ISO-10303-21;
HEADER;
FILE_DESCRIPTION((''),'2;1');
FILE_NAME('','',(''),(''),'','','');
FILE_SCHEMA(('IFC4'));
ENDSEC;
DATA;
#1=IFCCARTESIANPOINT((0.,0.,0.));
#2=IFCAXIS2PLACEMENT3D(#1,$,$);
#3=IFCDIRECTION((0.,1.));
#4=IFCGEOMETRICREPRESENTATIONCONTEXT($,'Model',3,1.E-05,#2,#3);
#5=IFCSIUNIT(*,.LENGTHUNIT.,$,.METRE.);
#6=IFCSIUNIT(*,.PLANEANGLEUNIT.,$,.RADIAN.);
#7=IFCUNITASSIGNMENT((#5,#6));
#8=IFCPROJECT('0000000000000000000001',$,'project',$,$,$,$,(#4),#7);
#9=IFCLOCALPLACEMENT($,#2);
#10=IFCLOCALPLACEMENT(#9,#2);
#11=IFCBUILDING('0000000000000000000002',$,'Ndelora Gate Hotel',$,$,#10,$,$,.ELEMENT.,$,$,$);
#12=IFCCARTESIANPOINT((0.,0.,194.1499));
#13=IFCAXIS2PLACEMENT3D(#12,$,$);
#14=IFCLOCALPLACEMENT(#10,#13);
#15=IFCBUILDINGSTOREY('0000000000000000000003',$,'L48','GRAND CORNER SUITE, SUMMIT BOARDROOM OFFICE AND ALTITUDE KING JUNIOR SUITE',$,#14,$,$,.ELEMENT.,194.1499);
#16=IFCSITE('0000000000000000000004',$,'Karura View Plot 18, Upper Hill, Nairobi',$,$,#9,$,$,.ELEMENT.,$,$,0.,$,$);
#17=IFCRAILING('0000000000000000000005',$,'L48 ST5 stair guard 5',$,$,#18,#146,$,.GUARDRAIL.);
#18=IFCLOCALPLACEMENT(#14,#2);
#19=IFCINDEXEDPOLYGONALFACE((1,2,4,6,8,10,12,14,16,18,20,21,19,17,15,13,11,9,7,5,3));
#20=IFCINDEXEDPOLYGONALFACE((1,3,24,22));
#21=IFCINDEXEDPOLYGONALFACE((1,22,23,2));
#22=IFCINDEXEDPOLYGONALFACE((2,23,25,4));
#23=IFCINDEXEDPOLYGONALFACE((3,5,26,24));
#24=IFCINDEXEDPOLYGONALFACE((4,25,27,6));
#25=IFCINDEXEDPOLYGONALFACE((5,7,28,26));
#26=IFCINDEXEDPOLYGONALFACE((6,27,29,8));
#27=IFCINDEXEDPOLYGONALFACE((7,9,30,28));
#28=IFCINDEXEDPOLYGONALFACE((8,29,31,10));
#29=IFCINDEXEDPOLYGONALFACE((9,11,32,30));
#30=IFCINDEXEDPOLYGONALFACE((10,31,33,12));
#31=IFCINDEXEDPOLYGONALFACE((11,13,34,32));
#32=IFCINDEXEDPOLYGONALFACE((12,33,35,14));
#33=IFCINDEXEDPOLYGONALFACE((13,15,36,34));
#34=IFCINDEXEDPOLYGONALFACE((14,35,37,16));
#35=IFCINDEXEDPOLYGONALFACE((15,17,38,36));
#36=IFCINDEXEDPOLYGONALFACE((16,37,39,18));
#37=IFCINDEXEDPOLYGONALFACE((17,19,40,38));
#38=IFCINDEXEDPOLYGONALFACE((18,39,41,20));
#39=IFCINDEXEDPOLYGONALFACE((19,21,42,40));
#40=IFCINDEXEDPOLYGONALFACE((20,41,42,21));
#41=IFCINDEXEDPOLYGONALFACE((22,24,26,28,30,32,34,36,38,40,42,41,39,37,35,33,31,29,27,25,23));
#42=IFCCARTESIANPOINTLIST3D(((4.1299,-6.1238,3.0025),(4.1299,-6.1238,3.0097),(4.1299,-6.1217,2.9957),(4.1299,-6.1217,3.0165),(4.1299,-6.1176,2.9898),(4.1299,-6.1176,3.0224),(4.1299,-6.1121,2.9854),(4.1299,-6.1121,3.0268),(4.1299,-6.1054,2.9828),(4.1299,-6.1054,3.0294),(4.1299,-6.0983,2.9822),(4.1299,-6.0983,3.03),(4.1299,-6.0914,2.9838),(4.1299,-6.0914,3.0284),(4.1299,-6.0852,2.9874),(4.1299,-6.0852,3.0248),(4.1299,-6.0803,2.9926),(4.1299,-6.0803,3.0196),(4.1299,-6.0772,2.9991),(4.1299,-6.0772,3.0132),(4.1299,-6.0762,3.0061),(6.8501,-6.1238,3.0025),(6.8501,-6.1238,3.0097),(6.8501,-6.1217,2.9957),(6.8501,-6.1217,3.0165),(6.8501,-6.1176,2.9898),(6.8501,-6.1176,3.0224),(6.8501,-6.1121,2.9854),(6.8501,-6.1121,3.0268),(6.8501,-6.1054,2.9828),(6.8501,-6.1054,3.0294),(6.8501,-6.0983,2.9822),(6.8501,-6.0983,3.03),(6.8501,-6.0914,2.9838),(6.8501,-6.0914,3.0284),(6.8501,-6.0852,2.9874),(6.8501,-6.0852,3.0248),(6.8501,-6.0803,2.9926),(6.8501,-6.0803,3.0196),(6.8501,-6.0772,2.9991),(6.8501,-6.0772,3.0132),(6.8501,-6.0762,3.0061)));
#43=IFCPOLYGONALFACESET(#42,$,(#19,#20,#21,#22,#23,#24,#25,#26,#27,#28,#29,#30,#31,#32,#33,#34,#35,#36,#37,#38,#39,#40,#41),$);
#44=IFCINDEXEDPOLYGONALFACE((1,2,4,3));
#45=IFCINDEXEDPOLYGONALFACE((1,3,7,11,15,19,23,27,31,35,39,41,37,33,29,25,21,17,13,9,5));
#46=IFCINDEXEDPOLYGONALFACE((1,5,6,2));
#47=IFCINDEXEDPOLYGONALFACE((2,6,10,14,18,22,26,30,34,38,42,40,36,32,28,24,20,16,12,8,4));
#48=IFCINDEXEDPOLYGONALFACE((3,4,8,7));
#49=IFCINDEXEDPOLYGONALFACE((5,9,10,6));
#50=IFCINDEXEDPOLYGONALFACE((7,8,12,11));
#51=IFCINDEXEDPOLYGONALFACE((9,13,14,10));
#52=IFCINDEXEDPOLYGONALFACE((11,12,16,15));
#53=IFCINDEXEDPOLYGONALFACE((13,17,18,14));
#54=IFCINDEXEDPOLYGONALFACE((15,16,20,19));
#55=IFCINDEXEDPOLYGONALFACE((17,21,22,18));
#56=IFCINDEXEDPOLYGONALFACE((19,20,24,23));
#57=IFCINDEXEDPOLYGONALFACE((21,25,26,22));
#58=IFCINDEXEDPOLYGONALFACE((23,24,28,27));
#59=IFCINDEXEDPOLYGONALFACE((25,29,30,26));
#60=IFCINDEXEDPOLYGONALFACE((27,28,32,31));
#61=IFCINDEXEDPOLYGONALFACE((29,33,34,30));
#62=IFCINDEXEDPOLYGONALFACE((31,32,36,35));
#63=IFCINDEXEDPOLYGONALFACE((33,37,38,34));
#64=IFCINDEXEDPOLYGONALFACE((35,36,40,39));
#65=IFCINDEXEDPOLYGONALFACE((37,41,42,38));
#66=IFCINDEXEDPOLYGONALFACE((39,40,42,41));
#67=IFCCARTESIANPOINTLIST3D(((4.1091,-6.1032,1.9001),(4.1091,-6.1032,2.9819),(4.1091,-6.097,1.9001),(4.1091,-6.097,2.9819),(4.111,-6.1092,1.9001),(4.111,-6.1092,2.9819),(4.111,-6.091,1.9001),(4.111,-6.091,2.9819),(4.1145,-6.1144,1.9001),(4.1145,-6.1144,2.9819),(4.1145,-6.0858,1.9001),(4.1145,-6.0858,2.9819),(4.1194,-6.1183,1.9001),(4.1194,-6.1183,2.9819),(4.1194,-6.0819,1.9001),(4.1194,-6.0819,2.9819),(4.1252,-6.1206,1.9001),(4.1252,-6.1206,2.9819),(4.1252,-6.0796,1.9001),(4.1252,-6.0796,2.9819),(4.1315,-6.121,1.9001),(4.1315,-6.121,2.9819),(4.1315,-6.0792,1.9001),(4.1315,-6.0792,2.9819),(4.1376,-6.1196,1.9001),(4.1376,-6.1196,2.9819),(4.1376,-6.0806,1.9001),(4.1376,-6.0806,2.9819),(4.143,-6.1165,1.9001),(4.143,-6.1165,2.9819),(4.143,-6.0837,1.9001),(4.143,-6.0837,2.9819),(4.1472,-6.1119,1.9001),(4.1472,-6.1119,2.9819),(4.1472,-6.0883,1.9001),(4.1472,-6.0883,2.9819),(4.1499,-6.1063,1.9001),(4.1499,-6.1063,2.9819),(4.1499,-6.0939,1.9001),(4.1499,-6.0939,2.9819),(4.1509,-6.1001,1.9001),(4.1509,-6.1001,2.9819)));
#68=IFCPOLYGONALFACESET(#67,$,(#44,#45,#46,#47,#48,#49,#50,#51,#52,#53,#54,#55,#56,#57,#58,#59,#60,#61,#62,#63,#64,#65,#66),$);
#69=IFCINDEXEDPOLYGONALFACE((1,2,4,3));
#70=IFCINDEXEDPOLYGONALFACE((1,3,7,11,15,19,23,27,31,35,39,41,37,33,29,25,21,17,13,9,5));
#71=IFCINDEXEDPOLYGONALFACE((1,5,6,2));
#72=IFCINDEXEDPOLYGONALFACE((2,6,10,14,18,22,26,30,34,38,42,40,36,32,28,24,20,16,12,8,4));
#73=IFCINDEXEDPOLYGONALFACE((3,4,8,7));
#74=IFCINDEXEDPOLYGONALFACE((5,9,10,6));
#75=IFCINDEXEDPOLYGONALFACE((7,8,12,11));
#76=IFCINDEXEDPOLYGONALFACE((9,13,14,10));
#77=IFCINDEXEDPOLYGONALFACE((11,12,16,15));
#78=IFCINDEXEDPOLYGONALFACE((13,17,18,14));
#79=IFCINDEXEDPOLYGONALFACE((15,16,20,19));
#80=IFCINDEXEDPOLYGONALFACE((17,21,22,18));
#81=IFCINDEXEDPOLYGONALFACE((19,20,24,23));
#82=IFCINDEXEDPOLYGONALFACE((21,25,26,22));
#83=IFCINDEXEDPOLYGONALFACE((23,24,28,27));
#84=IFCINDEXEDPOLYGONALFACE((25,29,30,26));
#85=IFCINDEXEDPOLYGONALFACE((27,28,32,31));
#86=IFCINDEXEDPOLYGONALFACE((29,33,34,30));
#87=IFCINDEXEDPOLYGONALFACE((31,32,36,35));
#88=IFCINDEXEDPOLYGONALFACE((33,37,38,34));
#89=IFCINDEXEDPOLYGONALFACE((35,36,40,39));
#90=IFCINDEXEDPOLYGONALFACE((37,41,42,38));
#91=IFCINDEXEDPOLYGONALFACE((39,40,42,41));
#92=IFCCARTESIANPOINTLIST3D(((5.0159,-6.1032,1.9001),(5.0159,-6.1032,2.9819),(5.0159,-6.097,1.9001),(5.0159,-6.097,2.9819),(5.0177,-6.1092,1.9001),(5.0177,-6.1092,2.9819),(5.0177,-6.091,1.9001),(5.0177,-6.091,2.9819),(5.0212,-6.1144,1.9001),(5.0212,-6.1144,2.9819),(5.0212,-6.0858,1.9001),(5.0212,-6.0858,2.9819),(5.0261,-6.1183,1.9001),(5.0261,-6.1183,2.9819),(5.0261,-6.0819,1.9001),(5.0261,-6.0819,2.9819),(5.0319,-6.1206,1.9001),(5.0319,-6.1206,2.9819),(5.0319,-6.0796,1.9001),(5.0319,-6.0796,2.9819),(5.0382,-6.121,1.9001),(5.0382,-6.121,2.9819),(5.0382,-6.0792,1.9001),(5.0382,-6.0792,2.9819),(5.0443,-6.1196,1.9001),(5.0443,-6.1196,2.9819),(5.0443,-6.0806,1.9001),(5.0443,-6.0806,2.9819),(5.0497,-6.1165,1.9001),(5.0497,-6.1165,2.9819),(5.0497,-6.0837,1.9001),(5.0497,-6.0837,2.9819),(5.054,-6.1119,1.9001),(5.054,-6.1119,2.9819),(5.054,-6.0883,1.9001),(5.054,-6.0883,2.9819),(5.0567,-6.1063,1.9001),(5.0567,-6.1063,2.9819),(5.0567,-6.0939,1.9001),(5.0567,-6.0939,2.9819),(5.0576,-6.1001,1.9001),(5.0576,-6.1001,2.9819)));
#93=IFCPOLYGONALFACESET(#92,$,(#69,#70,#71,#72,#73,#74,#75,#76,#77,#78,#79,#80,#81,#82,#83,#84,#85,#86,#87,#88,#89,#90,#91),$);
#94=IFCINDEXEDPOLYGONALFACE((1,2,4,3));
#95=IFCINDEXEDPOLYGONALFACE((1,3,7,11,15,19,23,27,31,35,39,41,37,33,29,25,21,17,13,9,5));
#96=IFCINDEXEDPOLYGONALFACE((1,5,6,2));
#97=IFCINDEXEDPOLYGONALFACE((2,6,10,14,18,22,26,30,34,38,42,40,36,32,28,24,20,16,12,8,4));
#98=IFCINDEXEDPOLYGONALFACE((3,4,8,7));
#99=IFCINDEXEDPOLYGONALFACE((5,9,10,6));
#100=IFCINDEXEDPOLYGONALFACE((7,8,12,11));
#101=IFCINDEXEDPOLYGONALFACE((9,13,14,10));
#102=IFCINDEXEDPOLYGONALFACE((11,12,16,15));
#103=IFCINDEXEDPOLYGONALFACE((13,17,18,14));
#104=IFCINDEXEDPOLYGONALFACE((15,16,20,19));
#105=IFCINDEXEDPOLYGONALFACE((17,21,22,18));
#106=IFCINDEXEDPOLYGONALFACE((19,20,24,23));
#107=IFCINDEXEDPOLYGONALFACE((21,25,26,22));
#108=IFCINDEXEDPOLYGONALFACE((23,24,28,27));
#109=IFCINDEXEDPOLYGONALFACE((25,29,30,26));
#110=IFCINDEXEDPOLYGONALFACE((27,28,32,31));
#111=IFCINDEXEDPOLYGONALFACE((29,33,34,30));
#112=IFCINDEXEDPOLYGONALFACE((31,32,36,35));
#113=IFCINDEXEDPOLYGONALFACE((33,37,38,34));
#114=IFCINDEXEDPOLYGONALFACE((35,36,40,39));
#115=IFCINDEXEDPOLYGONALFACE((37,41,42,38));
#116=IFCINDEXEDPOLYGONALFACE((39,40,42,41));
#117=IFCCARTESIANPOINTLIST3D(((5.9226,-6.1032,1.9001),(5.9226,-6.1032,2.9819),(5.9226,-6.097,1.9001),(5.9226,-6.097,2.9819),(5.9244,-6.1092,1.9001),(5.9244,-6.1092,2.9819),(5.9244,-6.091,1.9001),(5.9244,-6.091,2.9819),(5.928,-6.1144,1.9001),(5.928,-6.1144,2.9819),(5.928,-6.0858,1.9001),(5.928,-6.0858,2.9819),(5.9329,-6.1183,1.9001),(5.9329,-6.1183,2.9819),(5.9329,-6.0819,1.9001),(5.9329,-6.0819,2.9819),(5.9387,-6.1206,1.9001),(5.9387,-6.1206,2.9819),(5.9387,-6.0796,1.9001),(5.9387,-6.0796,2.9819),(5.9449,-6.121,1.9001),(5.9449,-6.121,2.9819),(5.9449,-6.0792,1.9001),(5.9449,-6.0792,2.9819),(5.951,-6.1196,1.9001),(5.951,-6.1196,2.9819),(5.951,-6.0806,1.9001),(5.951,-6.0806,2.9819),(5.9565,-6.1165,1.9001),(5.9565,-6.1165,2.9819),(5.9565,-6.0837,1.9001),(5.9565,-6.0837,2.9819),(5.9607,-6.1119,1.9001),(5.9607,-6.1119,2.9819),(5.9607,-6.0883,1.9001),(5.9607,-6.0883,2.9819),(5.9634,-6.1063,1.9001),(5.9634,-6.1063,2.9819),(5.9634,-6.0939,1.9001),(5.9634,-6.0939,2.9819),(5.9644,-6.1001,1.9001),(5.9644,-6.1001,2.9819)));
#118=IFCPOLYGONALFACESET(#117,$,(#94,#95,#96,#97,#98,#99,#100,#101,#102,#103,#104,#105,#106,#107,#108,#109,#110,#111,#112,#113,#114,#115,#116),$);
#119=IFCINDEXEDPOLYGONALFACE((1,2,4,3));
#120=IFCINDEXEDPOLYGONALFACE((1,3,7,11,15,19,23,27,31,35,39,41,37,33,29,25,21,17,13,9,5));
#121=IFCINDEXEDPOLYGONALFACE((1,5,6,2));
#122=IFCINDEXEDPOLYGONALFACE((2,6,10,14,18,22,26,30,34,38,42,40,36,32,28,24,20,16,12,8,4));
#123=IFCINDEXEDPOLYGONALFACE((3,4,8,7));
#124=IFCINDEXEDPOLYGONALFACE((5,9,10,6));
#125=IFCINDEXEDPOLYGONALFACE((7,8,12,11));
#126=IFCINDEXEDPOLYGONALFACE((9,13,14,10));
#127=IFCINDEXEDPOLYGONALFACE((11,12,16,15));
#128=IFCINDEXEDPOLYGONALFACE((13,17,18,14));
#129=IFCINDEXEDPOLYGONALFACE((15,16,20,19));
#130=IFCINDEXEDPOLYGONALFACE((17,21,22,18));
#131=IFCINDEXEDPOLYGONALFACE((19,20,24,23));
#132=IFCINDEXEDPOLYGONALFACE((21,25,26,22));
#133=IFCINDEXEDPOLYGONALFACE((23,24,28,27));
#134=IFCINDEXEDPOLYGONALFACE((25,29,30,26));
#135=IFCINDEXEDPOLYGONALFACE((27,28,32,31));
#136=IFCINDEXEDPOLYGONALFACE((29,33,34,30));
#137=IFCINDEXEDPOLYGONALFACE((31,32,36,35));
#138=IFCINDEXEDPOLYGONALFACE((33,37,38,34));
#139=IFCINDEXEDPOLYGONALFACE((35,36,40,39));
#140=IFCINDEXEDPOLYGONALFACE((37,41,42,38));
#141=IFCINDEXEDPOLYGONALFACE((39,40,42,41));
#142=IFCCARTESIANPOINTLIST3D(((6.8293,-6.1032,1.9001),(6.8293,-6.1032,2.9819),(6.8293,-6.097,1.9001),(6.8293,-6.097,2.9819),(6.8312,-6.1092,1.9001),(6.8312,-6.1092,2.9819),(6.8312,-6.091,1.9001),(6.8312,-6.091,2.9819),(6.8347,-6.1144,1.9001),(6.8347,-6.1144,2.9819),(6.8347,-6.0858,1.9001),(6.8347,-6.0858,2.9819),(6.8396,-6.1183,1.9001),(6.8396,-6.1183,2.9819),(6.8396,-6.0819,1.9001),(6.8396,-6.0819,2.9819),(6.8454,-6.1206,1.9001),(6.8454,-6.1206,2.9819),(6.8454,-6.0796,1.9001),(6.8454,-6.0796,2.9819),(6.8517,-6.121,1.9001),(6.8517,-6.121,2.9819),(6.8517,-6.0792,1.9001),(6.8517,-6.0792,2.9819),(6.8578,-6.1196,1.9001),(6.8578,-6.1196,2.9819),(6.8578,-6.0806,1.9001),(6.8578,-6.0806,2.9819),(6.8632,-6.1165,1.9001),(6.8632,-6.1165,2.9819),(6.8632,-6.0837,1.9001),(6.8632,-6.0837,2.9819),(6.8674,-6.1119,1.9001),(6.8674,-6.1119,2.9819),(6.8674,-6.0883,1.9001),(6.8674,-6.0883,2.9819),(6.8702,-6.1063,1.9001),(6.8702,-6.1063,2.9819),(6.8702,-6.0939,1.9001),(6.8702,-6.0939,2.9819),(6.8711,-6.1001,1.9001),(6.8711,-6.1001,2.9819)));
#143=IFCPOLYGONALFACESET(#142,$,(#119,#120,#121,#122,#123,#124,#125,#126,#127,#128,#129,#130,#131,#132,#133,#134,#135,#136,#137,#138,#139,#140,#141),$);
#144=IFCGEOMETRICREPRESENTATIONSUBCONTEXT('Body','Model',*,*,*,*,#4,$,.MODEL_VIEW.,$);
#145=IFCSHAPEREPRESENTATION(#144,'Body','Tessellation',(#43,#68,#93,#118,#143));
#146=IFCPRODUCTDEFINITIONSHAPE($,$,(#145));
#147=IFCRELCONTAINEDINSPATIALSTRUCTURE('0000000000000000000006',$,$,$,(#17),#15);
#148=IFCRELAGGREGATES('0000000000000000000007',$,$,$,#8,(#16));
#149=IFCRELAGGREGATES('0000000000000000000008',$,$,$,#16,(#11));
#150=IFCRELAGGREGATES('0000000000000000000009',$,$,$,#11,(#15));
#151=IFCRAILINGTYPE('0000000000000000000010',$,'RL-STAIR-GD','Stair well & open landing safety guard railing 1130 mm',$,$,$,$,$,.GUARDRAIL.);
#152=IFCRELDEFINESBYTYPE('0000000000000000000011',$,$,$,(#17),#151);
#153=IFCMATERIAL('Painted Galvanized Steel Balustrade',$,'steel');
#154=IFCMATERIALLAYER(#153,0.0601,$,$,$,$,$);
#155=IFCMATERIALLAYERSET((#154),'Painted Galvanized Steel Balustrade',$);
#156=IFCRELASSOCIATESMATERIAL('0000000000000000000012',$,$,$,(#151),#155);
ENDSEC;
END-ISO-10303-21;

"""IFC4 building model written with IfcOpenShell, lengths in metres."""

from ifc_helpers import new_model, si_unit, direction, frame, origin, origin_2d, place, context, subcontext, project, spatial, circle, extrude, material, layer, layer_set, type_object, element, save


model = new_model("IFC4")

# Units and contexts
model_context = context("Model", 3, precision=1e-05, world=origin(), true_north=direction((0.0, 1.0)))
body_context = subcontext(model_context, "Body", "Model", "MODEL_VIEW")
ifc_project = project(units=[si_unit("LENGTHUNIT", "METRE"), si_unit("PLANEANGLEUNIT", "RADIAN")], contexts=[model_context])

# Site, building, storey
site_placement = place(None, origin())
site = spatial("IfcSite", under=ifc_project, at=site_placement, Name="Karura View Plot 18, Upper Hill, Nairobi", CompositionType="ELEMENT", RefElevation=0.0)
building_placement = place(site_placement, origin())
building = spatial("IfcBuilding", under=site, at=building_placement, Name="Ndelora Gate Hotel", CompositionType="ELEMENT")
storey_placement = place(building_placement, frame((0.0, 0.0, 194.1499)))
storey = spatial("IfcBuildingStorey", under=building, at=storey_placement, Name="L48", Description="GRAND CORNER SUITE, SUMMIT BOARDROOM OFFICE AND ALTITUDE KING JUNIOR SUITE", CompositionType="ELEMENT", Elevation=194.1499)

# Railing
ifc_material_1 = material(Name="Painted Galvanized Steel Balustrade", Category="steel")
ifc_layer_1 = layer(ifc_material_1, 0.0601)
ifc_layer_set_1 = layer_set([ifc_layer_1], Name="Painted Galvanized Steel Balustrade")
railing_type_1 = type_object("IfcRailingType", Name="RL-STAIR-GD", Description="Stair well & open landing safety guard railing 1130 mm", PredefinedType="GUARDRAIL", material=ifc_layer_set_1)
railing_1_placement = place(storey_placement, frame((4.1299, -6.1001, 1.9001)))
element("IfcRailing", 1, at=railing_1_placement, inside=storey, type_object=railing_type_1, Name="L48 ST5 stair guard 5", PredefinedType="GUARDRAIL", context=body_context, shape_type="SweptSolid", body=[
    extrude(circle(Radius=0.0239, at=origin_2d()), frame((0.0, 0.0, 1.106), z_axis=(1.0, 0.0, 0.0), x_axis=(0.0, 1.0, 0.0)), (0.0, 0.0, 1.0), 2.7202),
    extrude(circle(Radius=0.021, at=origin_2d()), origin(), (0.0, 0.0, 1.0), 1.0818),
    extrude(circle(Radius=0.021, at=origin_2d()), frame((0.9067, 0.0, 0.0)), (0.0, 0.0, 1.0), 1.0818),
    extrude(circle(Radius=0.021, at=origin_2d()), frame((1.8135, 0.0, 0.0)), (0.0, 0.0, 1.0), 1.0818),
    extrude(circle(Radius=0.021, at=origin_2d()), frame((2.7202, 0.0, 0.0)), (0.0, 0.0, 1.0), 1.0818),
])

save(model, "model.ifc")
